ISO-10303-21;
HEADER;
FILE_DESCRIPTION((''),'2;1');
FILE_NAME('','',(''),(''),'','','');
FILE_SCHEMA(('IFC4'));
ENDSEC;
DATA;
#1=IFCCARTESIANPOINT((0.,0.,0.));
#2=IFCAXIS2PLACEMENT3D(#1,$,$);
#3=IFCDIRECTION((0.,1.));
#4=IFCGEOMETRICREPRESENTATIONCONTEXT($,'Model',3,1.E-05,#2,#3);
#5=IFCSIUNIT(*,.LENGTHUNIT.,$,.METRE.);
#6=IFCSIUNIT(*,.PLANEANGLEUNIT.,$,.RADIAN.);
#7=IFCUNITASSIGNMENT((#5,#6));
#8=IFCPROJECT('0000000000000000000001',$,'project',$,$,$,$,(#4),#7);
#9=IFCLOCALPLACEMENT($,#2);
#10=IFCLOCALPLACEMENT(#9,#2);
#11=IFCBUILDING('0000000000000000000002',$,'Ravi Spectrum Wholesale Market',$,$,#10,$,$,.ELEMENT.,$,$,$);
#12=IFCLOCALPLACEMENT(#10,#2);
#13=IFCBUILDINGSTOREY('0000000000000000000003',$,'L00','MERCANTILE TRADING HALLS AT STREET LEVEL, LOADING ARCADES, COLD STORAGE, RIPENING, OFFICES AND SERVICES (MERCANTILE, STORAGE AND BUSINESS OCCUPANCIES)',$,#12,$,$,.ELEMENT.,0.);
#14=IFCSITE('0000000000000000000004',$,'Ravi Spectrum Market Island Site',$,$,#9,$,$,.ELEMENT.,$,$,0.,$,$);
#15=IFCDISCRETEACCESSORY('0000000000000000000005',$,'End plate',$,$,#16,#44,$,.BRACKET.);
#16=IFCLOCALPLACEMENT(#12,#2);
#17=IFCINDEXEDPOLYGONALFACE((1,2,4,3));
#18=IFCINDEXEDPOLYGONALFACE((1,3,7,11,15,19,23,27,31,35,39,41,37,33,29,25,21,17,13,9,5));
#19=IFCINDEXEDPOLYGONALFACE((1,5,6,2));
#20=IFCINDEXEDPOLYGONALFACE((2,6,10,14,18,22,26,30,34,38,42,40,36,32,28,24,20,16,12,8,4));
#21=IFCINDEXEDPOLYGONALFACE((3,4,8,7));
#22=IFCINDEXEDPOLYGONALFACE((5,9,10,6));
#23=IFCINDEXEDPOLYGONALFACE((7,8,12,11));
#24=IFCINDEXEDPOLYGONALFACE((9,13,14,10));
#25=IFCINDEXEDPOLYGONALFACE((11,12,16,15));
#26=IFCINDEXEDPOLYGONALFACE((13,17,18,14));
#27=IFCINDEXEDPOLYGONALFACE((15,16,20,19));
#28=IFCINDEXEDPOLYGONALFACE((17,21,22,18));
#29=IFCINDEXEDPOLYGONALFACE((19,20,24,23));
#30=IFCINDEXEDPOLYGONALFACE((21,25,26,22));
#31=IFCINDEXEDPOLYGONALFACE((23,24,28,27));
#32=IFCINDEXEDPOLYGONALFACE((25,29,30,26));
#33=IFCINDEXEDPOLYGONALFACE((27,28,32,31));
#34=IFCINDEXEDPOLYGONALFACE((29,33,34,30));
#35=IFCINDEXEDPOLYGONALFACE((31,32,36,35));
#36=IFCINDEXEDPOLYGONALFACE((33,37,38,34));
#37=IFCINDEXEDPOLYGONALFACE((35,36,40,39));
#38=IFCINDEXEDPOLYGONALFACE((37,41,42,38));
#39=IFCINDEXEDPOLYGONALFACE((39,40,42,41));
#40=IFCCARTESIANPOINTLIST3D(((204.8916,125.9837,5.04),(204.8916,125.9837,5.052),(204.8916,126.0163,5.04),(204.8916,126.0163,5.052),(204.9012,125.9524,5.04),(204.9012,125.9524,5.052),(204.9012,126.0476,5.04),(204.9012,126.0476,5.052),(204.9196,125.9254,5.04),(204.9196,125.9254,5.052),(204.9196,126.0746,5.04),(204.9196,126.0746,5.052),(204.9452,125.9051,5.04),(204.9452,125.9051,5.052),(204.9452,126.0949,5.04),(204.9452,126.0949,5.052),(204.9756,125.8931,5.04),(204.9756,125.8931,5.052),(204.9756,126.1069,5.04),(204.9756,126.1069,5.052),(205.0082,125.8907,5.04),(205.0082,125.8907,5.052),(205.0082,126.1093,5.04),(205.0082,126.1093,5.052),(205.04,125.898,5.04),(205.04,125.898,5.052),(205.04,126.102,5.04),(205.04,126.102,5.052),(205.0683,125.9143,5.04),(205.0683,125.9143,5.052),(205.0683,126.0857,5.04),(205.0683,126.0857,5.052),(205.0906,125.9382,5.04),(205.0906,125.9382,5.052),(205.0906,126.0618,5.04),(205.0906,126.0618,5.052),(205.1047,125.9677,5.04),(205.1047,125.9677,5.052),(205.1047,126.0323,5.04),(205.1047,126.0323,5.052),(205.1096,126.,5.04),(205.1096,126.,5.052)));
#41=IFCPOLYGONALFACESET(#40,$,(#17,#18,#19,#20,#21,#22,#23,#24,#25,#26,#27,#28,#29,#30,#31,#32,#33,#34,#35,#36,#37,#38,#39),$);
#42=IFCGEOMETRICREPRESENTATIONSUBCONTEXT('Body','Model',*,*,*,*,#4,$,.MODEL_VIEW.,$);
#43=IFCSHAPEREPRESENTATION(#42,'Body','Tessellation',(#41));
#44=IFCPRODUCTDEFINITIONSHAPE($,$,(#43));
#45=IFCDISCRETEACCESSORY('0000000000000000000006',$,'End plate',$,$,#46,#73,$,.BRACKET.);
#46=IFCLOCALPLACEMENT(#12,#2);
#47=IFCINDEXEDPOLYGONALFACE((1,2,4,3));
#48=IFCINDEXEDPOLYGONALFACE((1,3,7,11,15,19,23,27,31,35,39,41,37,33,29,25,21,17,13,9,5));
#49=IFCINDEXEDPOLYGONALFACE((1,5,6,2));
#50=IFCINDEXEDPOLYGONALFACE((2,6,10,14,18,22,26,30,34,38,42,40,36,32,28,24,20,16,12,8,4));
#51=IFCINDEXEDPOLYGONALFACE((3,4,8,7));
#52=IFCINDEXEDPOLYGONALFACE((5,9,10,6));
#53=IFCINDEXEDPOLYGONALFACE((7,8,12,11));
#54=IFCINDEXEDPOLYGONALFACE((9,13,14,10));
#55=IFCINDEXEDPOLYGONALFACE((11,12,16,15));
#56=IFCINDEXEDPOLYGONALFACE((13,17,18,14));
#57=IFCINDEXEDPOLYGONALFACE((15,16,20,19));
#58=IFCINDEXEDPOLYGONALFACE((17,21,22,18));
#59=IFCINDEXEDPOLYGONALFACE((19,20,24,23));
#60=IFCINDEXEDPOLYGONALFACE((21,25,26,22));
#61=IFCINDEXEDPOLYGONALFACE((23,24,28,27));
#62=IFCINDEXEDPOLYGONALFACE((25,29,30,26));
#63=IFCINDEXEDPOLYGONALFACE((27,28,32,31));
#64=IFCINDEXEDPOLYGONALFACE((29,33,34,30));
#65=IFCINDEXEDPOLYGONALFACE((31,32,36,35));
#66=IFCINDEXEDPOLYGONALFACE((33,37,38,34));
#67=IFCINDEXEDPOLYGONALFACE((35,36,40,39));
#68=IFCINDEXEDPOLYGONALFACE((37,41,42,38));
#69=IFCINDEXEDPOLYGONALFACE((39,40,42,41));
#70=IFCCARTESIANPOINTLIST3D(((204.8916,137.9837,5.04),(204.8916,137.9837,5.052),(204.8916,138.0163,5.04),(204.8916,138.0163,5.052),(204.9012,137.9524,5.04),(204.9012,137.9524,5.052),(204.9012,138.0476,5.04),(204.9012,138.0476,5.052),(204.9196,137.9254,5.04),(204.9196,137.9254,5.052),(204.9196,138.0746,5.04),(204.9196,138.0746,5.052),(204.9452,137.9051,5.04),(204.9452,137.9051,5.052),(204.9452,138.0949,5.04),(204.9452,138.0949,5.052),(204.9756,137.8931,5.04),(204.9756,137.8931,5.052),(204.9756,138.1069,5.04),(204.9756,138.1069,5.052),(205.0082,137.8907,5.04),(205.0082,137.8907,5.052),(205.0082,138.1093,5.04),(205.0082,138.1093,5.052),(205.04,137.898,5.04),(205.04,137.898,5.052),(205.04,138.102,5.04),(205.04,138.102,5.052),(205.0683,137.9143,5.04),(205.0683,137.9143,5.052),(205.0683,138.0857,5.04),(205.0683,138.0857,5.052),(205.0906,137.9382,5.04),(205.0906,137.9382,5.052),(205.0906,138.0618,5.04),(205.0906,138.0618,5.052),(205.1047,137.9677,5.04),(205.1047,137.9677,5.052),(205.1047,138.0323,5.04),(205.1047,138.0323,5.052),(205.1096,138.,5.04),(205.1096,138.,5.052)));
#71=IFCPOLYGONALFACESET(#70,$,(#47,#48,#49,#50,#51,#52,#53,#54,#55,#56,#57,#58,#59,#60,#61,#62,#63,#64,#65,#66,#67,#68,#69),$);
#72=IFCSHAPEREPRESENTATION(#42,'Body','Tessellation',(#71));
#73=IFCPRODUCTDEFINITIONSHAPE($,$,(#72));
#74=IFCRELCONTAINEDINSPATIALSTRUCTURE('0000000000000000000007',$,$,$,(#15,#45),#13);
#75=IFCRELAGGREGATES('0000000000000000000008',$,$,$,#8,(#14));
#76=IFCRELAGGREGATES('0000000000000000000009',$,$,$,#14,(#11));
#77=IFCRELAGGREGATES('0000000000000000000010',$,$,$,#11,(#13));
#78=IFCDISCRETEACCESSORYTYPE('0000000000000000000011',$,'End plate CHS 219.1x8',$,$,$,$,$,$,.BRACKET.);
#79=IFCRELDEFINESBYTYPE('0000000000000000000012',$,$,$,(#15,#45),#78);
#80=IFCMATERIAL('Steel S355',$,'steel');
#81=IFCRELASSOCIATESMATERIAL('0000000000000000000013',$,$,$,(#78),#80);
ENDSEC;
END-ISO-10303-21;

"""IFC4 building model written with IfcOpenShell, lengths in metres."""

from ifc_helpers import new_model, si_unit, direction, frame, origin, origin_2d, place, context, subcontext, project, spatial, circle, extrude, material, material_profile, profile_set, type_object, element, save


model = new_model("IFC4")

# Units and contexts
model_context = context("Model", 3, precision=1e-05, world=origin(), true_north=direction((0.0, 1.0)))
body_context = subcontext(model_context, "Body", "Model", "MODEL_VIEW")
ifc_project = project(units=[si_unit("LENGTHUNIT", "METRE"), si_unit("PLANEANGLEUNIT", "RADIAN")], contexts=[model_context])

# Site, building, storey
site_placement = place(None, origin())
site = spatial("IfcSite", under=ifc_project, at=site_placement, Name="Ravi Spectrum Market Island Site", CompositionType="ELEMENT", RefElevation=0.0)
building_placement = place(site_placement, origin())
building = spatial("IfcBuilding", under=site, at=building_placement, Name="Ravi Spectrum Wholesale Market", CompositionType="ELEMENT")
storey_placement = place(building_placement, origin())
storey = spatial("IfcBuildingStorey", under=building, at=storey_placement, Name="L00", Description="MERCANTILE TRADING HALLS AT STREET LEVEL, LOADING ARCADES, COLD STORAGE, RIPENING, OFFICES AND SERVICES (MERCANTILE, STORAGE AND BUSINESS OCCUPANCIES)", CompositionType="ELEMENT", Elevation=0.0)

# Discrete accessories
ifc_material_1 = material(Name="Steel S355", Category="steel")
ifc_material_profile_1 = material_profile(ifc_material_1, circle(Radius=0.1096, at=origin_2d()))
ifc_profile_set_1 = profile_set([ifc_material_profile_1], Name="Steel S355")
discrete_accessory_type = type_object("IfcDiscreteAccessoryType", Name="End plate CHS 219.1x8", PredefinedType="BRACKET", material=ifc_profile_set_1)
for number, where, z_axis, x_axis, name in (
    (1, (205.0, 126.0, 5.04), (0.0, 0.0, 1.0), (1.0, 0.0, 0.0), "End plate"),
    (2, (205.0, 138.0, 5.04), (0.0, 0.0, 1.0), (1.0, 0.0, 0.0), "End plate"),
):
    element("IfcDiscreteAccessory", number, at=place(storey_placement, frame(where, z_axis=z_axis, x_axis=x_axis)), inside=storey, type_object=discrete_accessory_type, Name=name, PredefinedType="BRACKET", context=body_context, shape_type="SweptSolid", body=[
        extrude(circle(Radius=0.1096, at=origin_2d()), origin(), (0.0, 0.0, 1.0), 0.012),
    ])

save(model, "model.ifc")
